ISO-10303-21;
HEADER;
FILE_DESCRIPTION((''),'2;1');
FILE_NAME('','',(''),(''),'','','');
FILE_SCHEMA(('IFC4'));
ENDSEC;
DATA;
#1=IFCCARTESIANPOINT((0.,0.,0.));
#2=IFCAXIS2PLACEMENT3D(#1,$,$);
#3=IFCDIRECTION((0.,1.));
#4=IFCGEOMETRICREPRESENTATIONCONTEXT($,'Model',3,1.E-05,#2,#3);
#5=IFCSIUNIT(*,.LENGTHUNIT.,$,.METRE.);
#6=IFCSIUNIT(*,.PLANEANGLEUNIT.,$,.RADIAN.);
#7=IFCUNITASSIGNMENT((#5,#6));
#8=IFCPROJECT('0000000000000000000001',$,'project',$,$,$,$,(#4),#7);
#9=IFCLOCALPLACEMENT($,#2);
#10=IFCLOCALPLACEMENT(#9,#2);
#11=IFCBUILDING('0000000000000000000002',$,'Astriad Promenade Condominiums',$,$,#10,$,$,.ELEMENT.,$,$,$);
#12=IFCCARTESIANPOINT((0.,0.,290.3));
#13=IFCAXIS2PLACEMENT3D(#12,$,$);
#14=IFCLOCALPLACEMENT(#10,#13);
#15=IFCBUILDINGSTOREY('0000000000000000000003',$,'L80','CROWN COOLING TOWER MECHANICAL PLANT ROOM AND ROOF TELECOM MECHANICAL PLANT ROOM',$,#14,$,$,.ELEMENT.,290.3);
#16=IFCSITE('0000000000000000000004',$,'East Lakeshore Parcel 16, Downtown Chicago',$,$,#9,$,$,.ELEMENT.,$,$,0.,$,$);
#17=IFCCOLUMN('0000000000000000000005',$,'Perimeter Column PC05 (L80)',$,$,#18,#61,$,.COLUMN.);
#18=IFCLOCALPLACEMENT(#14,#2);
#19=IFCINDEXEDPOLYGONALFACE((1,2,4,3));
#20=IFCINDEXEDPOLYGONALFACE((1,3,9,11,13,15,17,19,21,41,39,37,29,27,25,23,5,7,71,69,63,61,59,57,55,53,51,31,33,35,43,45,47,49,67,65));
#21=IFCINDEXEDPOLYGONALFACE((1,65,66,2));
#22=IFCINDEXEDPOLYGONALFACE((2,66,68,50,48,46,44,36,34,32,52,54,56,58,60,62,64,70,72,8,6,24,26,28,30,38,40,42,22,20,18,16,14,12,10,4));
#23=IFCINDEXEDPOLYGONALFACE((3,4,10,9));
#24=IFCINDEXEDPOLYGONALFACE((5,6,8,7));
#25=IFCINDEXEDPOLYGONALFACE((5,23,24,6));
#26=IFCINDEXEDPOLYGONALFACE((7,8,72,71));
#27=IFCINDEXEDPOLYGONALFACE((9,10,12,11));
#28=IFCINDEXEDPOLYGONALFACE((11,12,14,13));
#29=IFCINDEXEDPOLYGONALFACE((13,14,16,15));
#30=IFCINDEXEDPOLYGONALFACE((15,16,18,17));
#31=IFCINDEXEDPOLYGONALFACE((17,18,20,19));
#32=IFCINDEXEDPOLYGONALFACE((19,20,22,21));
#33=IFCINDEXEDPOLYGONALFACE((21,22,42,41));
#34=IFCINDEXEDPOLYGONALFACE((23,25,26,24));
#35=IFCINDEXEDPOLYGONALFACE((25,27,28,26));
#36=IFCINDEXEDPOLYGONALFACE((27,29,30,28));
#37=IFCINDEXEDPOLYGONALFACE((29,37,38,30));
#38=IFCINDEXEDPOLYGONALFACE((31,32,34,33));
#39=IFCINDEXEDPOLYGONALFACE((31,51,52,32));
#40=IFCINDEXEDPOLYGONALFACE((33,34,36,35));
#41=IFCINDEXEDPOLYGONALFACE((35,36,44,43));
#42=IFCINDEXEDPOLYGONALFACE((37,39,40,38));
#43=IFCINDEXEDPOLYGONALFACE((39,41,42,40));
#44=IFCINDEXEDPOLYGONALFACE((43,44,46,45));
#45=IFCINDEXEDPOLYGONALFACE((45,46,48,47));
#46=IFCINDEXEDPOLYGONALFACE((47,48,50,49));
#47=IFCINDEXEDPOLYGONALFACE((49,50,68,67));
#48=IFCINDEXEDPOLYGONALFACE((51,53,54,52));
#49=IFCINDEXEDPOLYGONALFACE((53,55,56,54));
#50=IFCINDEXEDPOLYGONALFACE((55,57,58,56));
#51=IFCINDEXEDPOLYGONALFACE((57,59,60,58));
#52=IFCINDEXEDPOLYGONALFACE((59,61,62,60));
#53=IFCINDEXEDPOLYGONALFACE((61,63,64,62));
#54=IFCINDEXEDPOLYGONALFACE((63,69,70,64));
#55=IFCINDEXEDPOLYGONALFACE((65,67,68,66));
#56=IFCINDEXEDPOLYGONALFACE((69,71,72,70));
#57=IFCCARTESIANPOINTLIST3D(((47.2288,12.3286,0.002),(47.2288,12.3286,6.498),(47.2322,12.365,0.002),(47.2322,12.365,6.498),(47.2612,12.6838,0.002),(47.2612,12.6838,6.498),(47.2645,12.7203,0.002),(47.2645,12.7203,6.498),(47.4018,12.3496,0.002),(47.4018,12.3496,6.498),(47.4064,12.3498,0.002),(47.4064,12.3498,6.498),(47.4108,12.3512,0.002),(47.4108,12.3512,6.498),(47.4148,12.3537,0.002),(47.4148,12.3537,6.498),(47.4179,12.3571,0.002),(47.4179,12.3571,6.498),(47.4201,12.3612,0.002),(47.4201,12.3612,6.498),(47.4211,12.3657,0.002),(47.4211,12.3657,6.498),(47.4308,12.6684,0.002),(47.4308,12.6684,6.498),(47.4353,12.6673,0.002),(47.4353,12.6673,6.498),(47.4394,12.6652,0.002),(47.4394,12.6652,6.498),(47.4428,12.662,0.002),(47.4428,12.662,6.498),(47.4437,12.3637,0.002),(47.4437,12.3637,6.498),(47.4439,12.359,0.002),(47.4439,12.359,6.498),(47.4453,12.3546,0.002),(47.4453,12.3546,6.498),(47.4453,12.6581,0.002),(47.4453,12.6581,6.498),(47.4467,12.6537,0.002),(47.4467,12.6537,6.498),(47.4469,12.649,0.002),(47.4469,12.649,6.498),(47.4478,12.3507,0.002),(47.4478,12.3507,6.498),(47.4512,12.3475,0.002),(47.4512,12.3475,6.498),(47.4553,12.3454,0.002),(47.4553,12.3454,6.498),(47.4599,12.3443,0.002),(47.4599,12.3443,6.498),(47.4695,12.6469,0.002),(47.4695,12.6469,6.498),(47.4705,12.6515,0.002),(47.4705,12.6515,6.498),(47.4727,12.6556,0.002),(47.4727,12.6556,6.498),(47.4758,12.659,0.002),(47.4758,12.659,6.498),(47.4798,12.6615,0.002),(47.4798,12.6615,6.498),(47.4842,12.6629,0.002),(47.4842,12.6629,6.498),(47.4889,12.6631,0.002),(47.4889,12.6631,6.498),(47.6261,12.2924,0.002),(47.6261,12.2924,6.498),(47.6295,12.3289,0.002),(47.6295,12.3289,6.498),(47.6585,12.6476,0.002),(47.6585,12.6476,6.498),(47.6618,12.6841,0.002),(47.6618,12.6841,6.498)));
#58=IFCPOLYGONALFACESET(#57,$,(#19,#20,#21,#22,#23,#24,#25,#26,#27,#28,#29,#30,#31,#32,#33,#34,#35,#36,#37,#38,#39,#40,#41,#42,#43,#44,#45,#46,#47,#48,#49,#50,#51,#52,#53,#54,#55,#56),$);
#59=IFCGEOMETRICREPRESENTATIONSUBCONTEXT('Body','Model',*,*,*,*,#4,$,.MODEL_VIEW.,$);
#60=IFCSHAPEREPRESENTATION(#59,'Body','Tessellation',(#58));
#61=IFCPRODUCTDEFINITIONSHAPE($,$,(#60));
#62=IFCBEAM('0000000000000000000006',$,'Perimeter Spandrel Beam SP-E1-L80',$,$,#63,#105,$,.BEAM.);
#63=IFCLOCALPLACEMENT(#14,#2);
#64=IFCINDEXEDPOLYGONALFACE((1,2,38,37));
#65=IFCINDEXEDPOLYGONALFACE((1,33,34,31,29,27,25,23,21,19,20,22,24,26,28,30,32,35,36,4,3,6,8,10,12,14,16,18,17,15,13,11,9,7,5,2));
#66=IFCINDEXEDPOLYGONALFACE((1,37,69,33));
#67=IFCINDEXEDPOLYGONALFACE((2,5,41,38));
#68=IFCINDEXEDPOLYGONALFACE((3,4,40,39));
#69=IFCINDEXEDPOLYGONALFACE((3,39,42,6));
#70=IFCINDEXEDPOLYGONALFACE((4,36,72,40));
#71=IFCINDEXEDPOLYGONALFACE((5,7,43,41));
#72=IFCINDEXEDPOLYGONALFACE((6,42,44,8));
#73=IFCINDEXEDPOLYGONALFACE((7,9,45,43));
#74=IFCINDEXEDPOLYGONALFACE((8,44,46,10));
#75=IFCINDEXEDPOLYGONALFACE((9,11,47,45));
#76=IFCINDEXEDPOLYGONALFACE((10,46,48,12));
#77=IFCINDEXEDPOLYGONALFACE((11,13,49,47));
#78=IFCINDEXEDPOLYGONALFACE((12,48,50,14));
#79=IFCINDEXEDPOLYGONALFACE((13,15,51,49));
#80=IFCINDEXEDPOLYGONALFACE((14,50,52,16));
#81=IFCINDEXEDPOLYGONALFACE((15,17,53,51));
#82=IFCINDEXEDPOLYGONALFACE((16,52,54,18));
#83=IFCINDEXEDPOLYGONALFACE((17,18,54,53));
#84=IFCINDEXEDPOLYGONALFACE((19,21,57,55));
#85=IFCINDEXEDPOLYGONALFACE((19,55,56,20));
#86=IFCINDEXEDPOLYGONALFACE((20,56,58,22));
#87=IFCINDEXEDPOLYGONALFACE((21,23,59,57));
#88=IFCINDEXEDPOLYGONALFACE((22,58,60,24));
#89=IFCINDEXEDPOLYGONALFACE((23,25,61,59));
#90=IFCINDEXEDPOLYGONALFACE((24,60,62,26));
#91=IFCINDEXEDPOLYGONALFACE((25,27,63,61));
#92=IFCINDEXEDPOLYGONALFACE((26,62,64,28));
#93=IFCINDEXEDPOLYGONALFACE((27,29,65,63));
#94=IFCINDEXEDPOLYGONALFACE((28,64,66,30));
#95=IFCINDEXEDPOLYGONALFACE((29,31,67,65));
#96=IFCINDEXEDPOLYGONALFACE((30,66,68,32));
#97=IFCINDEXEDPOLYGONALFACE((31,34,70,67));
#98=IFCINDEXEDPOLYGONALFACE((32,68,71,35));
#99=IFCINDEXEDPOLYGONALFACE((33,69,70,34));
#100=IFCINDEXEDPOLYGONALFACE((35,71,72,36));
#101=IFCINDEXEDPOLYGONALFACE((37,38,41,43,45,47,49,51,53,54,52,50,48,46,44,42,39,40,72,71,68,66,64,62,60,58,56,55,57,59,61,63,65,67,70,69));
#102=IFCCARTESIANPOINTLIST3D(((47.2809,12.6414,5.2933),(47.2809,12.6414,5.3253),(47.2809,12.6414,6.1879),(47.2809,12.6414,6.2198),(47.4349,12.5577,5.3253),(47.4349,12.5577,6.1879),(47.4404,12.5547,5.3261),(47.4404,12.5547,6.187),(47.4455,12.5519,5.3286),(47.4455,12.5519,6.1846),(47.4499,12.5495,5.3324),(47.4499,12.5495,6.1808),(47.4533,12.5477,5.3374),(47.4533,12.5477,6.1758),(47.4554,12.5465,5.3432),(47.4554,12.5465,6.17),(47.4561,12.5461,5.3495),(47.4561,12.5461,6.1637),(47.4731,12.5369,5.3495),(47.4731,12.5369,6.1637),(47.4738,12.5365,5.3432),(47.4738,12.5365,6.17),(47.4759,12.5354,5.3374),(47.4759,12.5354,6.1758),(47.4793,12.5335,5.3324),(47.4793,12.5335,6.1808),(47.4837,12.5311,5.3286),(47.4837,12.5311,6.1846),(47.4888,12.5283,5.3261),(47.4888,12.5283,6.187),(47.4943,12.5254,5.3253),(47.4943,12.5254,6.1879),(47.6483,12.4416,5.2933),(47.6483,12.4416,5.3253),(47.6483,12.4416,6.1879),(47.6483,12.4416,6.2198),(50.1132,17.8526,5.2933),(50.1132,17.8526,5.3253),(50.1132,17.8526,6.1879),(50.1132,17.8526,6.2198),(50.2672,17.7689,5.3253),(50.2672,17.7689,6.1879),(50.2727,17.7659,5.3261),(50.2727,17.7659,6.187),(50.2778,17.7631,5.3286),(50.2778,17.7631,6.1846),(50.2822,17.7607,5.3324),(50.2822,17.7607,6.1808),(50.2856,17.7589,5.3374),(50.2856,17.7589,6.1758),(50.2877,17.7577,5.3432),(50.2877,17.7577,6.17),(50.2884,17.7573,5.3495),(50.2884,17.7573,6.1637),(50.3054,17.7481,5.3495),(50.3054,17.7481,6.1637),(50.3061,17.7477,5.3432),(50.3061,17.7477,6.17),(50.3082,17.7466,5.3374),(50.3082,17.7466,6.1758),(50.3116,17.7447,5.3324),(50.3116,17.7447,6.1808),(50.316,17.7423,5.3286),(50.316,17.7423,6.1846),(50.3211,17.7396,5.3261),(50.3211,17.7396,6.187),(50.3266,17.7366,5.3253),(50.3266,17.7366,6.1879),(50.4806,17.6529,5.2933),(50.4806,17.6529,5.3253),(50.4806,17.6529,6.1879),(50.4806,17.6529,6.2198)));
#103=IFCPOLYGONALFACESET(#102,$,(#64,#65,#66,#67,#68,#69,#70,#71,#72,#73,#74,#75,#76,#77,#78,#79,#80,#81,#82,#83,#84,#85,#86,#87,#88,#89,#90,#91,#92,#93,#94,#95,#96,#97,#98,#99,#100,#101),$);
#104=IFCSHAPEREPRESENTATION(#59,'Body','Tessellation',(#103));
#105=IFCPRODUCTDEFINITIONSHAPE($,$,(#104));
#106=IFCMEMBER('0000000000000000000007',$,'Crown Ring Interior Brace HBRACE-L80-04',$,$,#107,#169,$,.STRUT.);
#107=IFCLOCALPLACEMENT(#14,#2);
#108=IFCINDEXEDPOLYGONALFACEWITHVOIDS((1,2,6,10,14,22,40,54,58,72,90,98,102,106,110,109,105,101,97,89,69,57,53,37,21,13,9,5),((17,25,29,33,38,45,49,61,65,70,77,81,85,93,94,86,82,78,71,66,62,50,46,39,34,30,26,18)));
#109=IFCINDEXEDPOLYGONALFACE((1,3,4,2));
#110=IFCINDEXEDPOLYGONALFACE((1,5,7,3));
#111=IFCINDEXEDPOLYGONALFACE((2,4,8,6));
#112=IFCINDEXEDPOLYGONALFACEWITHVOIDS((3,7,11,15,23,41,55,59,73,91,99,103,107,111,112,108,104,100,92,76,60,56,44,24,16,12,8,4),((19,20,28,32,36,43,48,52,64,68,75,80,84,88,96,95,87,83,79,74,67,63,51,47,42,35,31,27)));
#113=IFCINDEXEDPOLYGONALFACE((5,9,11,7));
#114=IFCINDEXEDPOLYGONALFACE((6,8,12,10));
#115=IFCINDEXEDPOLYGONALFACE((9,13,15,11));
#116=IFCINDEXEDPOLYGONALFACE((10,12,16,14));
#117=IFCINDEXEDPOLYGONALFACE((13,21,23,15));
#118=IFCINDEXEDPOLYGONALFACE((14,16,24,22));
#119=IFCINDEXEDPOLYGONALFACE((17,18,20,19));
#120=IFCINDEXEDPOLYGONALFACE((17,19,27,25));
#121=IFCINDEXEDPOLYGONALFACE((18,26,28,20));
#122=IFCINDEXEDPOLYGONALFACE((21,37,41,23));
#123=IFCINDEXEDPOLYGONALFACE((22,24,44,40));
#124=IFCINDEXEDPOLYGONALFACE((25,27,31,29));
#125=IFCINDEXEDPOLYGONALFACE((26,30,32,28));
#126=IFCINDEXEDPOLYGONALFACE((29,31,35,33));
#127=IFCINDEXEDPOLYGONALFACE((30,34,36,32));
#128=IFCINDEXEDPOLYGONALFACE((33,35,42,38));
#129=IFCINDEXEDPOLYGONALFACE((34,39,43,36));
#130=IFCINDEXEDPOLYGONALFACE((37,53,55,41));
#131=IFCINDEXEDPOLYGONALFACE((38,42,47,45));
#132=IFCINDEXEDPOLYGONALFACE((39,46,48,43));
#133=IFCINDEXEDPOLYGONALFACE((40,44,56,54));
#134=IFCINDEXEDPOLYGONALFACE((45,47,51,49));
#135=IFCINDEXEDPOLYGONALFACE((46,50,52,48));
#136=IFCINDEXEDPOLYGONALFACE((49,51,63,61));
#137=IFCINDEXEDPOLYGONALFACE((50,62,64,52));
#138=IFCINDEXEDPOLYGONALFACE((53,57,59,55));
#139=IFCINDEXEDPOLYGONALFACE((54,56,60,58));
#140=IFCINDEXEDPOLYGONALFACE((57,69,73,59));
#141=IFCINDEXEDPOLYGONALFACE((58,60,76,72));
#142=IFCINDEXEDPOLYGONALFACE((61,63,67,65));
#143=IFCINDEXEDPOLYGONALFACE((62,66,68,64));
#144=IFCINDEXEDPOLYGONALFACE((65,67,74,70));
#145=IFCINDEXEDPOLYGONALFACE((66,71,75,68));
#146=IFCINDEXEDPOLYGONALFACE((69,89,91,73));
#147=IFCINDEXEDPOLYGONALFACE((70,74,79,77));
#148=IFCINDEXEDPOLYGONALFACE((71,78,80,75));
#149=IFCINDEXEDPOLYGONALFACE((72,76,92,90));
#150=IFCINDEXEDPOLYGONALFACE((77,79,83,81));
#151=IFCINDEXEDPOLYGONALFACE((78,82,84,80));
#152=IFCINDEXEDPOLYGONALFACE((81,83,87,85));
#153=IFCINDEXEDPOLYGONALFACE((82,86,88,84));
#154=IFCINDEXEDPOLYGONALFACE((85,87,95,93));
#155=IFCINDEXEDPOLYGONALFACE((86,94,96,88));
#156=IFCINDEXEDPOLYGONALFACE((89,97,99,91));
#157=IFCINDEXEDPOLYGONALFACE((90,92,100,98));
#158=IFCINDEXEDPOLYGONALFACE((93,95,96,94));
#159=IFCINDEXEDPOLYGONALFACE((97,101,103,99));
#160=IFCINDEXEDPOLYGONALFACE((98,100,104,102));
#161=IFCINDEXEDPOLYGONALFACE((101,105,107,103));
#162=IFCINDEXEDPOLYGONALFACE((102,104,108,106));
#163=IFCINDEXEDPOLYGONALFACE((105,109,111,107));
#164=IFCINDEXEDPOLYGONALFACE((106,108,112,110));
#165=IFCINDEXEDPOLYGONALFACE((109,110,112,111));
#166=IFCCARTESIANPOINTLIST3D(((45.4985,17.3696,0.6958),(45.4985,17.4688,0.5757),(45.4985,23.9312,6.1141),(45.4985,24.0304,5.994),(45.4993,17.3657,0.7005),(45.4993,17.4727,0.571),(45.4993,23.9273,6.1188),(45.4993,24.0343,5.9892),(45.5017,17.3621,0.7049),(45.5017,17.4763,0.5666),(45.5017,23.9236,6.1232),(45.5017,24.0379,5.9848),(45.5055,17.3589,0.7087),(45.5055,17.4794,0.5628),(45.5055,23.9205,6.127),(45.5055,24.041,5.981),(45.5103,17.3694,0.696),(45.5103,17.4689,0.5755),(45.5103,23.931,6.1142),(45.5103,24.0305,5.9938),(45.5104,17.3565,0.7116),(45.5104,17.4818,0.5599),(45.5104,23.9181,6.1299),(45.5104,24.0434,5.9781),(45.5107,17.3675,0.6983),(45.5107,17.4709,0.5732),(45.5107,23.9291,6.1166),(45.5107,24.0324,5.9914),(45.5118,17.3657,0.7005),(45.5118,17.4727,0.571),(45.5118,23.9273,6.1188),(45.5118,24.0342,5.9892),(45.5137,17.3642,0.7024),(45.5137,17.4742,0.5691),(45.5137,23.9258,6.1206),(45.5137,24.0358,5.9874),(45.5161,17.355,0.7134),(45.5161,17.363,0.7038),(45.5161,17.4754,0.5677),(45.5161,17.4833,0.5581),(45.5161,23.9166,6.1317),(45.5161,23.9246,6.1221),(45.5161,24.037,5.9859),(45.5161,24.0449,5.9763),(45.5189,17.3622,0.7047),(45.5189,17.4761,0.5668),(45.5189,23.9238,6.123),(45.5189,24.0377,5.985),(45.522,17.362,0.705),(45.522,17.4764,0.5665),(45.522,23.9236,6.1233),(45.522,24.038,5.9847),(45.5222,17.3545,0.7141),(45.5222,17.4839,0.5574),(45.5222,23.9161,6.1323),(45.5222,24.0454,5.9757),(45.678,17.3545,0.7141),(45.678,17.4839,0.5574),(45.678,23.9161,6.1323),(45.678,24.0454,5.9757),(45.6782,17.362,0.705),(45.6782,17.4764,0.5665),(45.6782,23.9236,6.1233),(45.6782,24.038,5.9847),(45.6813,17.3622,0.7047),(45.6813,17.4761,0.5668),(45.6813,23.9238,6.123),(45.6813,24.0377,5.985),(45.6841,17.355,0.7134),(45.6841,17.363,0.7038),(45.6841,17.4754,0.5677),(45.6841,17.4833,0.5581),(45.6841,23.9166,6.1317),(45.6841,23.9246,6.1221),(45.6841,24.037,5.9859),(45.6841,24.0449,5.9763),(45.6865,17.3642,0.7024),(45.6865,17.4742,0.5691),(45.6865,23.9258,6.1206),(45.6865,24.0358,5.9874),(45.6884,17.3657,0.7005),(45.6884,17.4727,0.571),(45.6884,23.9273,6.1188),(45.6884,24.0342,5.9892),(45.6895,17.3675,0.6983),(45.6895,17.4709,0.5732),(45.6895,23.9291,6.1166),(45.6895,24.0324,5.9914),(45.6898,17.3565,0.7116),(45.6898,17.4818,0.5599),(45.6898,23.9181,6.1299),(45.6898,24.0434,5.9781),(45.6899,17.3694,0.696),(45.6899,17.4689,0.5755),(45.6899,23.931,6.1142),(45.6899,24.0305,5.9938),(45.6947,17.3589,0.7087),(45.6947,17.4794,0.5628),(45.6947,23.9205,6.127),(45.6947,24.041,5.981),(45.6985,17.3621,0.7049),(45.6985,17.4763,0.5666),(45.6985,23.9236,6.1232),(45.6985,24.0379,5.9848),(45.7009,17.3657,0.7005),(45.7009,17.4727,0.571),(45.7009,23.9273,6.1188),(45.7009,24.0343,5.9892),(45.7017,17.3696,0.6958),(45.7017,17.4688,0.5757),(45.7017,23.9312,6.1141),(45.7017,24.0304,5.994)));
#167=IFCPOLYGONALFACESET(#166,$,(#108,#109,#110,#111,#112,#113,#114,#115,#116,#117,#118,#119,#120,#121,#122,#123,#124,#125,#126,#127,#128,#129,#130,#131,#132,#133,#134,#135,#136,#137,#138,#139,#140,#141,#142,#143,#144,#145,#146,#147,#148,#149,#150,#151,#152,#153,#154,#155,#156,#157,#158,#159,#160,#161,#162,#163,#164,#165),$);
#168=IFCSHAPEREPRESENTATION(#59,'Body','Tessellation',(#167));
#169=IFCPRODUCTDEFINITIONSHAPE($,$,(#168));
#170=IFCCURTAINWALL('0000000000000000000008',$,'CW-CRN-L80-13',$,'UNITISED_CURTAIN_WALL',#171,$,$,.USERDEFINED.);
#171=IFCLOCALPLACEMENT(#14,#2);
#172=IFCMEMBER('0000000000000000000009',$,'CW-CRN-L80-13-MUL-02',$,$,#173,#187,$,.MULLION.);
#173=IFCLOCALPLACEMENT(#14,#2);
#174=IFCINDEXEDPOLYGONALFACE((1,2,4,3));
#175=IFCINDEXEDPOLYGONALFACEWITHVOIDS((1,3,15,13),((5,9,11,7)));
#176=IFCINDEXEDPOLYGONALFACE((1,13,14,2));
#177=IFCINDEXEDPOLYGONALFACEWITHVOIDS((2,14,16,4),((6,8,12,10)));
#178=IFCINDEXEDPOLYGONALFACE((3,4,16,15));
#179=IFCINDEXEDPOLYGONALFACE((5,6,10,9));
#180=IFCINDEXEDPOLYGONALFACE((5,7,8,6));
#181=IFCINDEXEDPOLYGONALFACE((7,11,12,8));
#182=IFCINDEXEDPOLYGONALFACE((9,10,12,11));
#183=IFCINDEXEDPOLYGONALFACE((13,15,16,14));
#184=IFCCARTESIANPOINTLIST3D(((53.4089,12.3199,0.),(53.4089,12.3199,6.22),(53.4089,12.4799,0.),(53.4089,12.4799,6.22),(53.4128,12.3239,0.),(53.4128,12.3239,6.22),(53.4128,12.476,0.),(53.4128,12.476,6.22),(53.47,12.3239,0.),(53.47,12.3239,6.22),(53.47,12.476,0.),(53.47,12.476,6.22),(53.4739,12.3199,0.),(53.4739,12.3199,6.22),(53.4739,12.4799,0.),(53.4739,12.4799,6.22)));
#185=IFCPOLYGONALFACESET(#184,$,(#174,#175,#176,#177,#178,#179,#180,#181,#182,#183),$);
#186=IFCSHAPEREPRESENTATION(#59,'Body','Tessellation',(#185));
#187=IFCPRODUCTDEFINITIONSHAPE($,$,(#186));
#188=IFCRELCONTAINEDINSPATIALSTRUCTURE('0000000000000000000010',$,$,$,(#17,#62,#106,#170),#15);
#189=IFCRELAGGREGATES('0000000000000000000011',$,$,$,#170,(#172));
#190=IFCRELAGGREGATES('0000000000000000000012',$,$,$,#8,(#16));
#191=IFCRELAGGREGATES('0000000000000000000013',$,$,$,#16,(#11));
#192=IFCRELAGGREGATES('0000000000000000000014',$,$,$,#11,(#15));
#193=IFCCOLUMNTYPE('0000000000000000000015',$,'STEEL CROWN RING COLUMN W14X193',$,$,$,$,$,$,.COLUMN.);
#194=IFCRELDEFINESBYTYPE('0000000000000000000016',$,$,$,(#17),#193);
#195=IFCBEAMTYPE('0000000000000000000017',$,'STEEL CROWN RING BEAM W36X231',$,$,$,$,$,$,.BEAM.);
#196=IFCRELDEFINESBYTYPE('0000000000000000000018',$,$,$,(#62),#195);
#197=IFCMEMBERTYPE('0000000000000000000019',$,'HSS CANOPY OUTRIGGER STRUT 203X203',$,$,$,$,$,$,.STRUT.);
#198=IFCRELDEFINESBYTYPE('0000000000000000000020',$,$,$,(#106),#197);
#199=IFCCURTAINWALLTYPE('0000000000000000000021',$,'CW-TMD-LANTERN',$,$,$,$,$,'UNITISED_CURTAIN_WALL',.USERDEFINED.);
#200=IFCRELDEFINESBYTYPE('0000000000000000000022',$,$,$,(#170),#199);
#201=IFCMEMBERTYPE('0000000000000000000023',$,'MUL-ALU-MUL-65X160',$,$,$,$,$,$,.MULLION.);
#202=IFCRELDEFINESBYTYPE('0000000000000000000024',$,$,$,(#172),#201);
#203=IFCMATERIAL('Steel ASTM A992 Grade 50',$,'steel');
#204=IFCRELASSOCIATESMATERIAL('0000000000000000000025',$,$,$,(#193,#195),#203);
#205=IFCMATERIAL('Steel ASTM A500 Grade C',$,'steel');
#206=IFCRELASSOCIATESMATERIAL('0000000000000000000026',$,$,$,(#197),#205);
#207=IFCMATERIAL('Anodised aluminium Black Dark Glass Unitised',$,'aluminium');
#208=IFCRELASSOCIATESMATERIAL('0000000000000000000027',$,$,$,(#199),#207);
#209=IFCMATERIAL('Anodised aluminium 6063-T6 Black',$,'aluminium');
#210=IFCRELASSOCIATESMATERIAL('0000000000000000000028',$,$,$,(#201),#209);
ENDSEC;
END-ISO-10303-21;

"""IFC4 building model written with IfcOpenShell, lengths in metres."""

from ifc_helpers import new_model, si_unit, direction, frame, origin, origin_2d, place, context, subcontext, project, spatial, hollow_rectangle, i_section, extrude, source, transform, mapped, material, material_profile, profile_set, type_object, type_shapes, element, aggregate, save


model = new_model("IFC4")

# Units and contexts
model_context = context("Model", 3, precision=1e-05, world=origin(), true_north=direction((0.0, 1.0)))
body_context = subcontext(model_context, "Body", "Model", "MODEL_VIEW")
ifc_project = project(units=[si_unit("LENGTHUNIT", "METRE"), si_unit("PLANEANGLEUNIT", "RADIAN")], contexts=[model_context])

# Site, building, storey
site_placement = place(None, origin())
site = spatial("IfcSite", under=ifc_project, at=site_placement, Name="East Lakeshore Parcel 16, Downtown Chicago", CompositionType="ELEMENT", RefElevation=0.0)
building_placement = place(site_placement, origin())
building = spatial("IfcBuilding", under=site, at=building_placement, Name="Astriad Promenade Condominiums", CompositionType="ELEMENT")
storey_placement = place(building_placement, frame((0.0, 0.0, 290.3)))
storey = spatial("IfcBuildingStorey", under=building, at=storey_placement, Name="L80", Description="CROWN COOLING TOWER MECHANICAL PLANT ROOM AND ROOF TELECOM MECHANICAL PLANT ROOM", CompositionType="ELEMENT", Elevation=290.3)

# Column
ifc_material_1 = material(Name="Steel ASTM A992 Grade 50", Category="steel")
ifc_material_profile_1 = material_profile(ifc_material_1, i_section(OverallWidth=0.3989, OverallDepth=0.3933, WebThickness=0.0227, FlangeThickness=0.0366, FilletRadius=0.0178, at=origin_2d()), Name="W14X193")
ifc_profile_set_1 = profile_set([ifc_material_profile_1], Name="Steel ASTM A992 Grade 50")
column_type = type_object("IfcColumnType", Name="STEEL CROWN RING COLUMN W14X193", PredefinedType="COLUMN", material=ifc_profile_set_1)
shared_shape_1 = source(origin(), body_context, "Body", "SweptSolid", [
    extrude(i_section(OverallWidth=0.3989, OverallDepth=0.3933, WebThickness=0.0227, FlangeThickness=0.0366, FilletRadius=0.0178, at=origin_2d()), origin(), (0.0, 0.0, 1.0), 6.4961),
])
type_shapes(column_type, [shared_shape_1])
column_placement = place(storey_placement, frame((47.4453, 12.5063, 0.002), z_axis=(0.0, 0.0, 1.0), x_axis=(0.995884, -0.090633, 0.0)))
element("IfcColumn", 1, at=column_placement, inside=storey, type_object=column_type, Name="Perimeter Column PC05 (L80)", PredefinedType="COLUMN", context=body_context, shape_type="MappedRepresentation", body=[
    mapped(shared_shape_1, transform((0.0, 0.0, 0.0), scale=1.0)),
])

# Beam
ifc_material_profile_2 = material_profile(ifc_material_1, i_section(OverallWidth=0.4182, OverallDepth=0.9265, WebThickness=0.0193, FlangeThickness=0.032, FilletRadius=0.0242, at=origin_2d()), Name="W36X231")
ifc_profile_set_2 = profile_set([ifc_material_profile_2], Name="Steel ASTM A992 Grade 50")
beam_type = type_object("IfcBeamType", Name="STEEL CROWN RING BEAM W36X231", PredefinedType="BEAM", material=ifc_profile_set_2)
shared_shape_2 = source(origin(), body_context, "Body", "SweptSolid", [
    extrude(i_section(OverallWidth=0.4182, OverallDepth=0.9265, WebThickness=0.0193, FlangeThickness=0.032, FilletRadius=0.0242, at=origin_2d()), origin(), (0.0, 0.0, 1.0), 5.9312),
])
type_shapes(beam_type, [shared_shape_2])
beam_placement = place(storey_placement, frame((47.4646, 12.5415, 5.7566), z_axis=(0.477528, 0.878617, 0.0), x_axis=(-0.878617, 0.477528, 0.0)))
element("IfcBeam", 2, at=beam_placement, inside=storey, type_object=beam_type, Name="Perimeter Spandrel Beam SP-E1-L80", PredefinedType="BEAM", context=body_context, shape_type="MappedRepresentation", body=[
    mapped(shared_shape_2, transform((0.0, 0.0, 0.0), scale=1.0)),
])

# Member
ifc_material_2 = material(Name="Steel ASTM A500 Grade C", Category="steel")
ifc_material_profile_3 = material_profile(ifc_material_2, hollow_rectangle(XDim=0.2031, YDim=0.2031, WallThickness=0.0117, InnerFilletRadius=0.0117, OuterFilletRadius=0.0237, at=origin_2d()), Name="HSS203X203X12.7")
ifc_profile_set_3 = profile_set([ifc_material_profile_3], Name="Steel ASTM A500 Grade C")
member_type_1 = type_object("IfcMemberType", Name="HSS CANOPY OUTRIGGER STRUT 203X203", PredefinedType="STRUT", material=ifc_profile_set_3)
shared_shape_3 = source(origin(), body_context, "Body", "SweptSolid", [
    extrude(hollow_rectangle(XDim=0.2031, YDim=0.2031, WallThickness=0.0117, InnerFilletRadius=0.0117, OuterFilletRadius=0.0237, at=origin_2d()), origin(), (0.0, 0.0, 1.0), 8.5095),
])
type_shapes(member_type_1, [shared_shape_3])
member_1_placement = place(storey_placement, frame((45.6001, 17.4192, 0.6357), z_axis=(0.0, 0.771087, 0.636729), x_axis=(-1.0, 0.0, 0.0)))
element("IfcMember", 3, at=member_1_placement, inside=storey, type_object=member_type_1, Name="Crown Ring Interior Brace HBRACE-L80-04", PredefinedType="STRUT", context=body_context, shape_type="MappedRepresentation", body=[
    mapped(shared_shape_3, transform((0.0, 0.0, 0.0), scale=1.0)),
])

# Curtain wall, member
ifc_material_3 = material(Name="Anodised aluminium Black Dark Glass Unitised", Category="aluminium")
curtain_wall_type = type_object("IfcCurtainWallType", Name="CW-TMD-LANTERN", ElementType="UNITISED_CURTAIN_WALL", PredefinedType="USERDEFINED", material=ifc_material_3)
curtain_wall_1_placement = place(storey_placement, origin())
curtain_wall_1 = element("IfcCurtainWall", 4, at=curtain_wall_1_placement, inside=storey, type_object=curtain_wall_type, Name="CW-CRN-L80-13", ObjectType="UNITISED_CURTAIN_WALL", PredefinedType="USERDEFINED")
ifc_material_4 = material(Name="Anodised aluminium 6063-T6 Black", Category="aluminium")
ifc_material_profile_4 = material_profile(ifc_material_4, hollow_rectangle(XDim=0.0649, YDim=0.1599, WallThickness=0.0039, at=origin_2d()), Name="ALU-MUL-65X160")
ifc_profile_set_4 = profile_set([ifc_material_profile_4], Name="Anodised aluminium 6063-T6 Black")
member_type_2 = type_object("IfcMemberType", Name="MUL-ALU-MUL-65X160", PredefinedType="MULLION", material=ifc_profile_set_4)
shared_shape_4 = source(origin(), body_context, "Body", "SweptSolid", [
    extrude(hollow_rectangle(XDim=0.0649, YDim=0.1599, WallThickness=0.0039, at=origin_2d()), origin(), (0.0, 0.0, 1.0), 6.22),
])
type_shapes(member_type_2, [shared_shape_4])
member_2_placement = place(storey_placement, frame((53.4414, 12.3999, 0.0), z_axis=(0.0, 0.0, 1.0), x_axis=(1.0, 0.0, 0.0)))
member_2 = element("IfcMember", 5, at=member_2_placement, type_object=member_type_2, Name="CW-CRN-L80-13-MUL-02", PredefinedType="MULLION", context=body_context, shape_type="MappedRepresentation", body=[
    mapped(shared_shape_4, transform((0.0, 0.0, 0.0), scale=1.0)),
])

aggregate(curtain_wall_1, [member_2])

save(model, "model.ifc")
